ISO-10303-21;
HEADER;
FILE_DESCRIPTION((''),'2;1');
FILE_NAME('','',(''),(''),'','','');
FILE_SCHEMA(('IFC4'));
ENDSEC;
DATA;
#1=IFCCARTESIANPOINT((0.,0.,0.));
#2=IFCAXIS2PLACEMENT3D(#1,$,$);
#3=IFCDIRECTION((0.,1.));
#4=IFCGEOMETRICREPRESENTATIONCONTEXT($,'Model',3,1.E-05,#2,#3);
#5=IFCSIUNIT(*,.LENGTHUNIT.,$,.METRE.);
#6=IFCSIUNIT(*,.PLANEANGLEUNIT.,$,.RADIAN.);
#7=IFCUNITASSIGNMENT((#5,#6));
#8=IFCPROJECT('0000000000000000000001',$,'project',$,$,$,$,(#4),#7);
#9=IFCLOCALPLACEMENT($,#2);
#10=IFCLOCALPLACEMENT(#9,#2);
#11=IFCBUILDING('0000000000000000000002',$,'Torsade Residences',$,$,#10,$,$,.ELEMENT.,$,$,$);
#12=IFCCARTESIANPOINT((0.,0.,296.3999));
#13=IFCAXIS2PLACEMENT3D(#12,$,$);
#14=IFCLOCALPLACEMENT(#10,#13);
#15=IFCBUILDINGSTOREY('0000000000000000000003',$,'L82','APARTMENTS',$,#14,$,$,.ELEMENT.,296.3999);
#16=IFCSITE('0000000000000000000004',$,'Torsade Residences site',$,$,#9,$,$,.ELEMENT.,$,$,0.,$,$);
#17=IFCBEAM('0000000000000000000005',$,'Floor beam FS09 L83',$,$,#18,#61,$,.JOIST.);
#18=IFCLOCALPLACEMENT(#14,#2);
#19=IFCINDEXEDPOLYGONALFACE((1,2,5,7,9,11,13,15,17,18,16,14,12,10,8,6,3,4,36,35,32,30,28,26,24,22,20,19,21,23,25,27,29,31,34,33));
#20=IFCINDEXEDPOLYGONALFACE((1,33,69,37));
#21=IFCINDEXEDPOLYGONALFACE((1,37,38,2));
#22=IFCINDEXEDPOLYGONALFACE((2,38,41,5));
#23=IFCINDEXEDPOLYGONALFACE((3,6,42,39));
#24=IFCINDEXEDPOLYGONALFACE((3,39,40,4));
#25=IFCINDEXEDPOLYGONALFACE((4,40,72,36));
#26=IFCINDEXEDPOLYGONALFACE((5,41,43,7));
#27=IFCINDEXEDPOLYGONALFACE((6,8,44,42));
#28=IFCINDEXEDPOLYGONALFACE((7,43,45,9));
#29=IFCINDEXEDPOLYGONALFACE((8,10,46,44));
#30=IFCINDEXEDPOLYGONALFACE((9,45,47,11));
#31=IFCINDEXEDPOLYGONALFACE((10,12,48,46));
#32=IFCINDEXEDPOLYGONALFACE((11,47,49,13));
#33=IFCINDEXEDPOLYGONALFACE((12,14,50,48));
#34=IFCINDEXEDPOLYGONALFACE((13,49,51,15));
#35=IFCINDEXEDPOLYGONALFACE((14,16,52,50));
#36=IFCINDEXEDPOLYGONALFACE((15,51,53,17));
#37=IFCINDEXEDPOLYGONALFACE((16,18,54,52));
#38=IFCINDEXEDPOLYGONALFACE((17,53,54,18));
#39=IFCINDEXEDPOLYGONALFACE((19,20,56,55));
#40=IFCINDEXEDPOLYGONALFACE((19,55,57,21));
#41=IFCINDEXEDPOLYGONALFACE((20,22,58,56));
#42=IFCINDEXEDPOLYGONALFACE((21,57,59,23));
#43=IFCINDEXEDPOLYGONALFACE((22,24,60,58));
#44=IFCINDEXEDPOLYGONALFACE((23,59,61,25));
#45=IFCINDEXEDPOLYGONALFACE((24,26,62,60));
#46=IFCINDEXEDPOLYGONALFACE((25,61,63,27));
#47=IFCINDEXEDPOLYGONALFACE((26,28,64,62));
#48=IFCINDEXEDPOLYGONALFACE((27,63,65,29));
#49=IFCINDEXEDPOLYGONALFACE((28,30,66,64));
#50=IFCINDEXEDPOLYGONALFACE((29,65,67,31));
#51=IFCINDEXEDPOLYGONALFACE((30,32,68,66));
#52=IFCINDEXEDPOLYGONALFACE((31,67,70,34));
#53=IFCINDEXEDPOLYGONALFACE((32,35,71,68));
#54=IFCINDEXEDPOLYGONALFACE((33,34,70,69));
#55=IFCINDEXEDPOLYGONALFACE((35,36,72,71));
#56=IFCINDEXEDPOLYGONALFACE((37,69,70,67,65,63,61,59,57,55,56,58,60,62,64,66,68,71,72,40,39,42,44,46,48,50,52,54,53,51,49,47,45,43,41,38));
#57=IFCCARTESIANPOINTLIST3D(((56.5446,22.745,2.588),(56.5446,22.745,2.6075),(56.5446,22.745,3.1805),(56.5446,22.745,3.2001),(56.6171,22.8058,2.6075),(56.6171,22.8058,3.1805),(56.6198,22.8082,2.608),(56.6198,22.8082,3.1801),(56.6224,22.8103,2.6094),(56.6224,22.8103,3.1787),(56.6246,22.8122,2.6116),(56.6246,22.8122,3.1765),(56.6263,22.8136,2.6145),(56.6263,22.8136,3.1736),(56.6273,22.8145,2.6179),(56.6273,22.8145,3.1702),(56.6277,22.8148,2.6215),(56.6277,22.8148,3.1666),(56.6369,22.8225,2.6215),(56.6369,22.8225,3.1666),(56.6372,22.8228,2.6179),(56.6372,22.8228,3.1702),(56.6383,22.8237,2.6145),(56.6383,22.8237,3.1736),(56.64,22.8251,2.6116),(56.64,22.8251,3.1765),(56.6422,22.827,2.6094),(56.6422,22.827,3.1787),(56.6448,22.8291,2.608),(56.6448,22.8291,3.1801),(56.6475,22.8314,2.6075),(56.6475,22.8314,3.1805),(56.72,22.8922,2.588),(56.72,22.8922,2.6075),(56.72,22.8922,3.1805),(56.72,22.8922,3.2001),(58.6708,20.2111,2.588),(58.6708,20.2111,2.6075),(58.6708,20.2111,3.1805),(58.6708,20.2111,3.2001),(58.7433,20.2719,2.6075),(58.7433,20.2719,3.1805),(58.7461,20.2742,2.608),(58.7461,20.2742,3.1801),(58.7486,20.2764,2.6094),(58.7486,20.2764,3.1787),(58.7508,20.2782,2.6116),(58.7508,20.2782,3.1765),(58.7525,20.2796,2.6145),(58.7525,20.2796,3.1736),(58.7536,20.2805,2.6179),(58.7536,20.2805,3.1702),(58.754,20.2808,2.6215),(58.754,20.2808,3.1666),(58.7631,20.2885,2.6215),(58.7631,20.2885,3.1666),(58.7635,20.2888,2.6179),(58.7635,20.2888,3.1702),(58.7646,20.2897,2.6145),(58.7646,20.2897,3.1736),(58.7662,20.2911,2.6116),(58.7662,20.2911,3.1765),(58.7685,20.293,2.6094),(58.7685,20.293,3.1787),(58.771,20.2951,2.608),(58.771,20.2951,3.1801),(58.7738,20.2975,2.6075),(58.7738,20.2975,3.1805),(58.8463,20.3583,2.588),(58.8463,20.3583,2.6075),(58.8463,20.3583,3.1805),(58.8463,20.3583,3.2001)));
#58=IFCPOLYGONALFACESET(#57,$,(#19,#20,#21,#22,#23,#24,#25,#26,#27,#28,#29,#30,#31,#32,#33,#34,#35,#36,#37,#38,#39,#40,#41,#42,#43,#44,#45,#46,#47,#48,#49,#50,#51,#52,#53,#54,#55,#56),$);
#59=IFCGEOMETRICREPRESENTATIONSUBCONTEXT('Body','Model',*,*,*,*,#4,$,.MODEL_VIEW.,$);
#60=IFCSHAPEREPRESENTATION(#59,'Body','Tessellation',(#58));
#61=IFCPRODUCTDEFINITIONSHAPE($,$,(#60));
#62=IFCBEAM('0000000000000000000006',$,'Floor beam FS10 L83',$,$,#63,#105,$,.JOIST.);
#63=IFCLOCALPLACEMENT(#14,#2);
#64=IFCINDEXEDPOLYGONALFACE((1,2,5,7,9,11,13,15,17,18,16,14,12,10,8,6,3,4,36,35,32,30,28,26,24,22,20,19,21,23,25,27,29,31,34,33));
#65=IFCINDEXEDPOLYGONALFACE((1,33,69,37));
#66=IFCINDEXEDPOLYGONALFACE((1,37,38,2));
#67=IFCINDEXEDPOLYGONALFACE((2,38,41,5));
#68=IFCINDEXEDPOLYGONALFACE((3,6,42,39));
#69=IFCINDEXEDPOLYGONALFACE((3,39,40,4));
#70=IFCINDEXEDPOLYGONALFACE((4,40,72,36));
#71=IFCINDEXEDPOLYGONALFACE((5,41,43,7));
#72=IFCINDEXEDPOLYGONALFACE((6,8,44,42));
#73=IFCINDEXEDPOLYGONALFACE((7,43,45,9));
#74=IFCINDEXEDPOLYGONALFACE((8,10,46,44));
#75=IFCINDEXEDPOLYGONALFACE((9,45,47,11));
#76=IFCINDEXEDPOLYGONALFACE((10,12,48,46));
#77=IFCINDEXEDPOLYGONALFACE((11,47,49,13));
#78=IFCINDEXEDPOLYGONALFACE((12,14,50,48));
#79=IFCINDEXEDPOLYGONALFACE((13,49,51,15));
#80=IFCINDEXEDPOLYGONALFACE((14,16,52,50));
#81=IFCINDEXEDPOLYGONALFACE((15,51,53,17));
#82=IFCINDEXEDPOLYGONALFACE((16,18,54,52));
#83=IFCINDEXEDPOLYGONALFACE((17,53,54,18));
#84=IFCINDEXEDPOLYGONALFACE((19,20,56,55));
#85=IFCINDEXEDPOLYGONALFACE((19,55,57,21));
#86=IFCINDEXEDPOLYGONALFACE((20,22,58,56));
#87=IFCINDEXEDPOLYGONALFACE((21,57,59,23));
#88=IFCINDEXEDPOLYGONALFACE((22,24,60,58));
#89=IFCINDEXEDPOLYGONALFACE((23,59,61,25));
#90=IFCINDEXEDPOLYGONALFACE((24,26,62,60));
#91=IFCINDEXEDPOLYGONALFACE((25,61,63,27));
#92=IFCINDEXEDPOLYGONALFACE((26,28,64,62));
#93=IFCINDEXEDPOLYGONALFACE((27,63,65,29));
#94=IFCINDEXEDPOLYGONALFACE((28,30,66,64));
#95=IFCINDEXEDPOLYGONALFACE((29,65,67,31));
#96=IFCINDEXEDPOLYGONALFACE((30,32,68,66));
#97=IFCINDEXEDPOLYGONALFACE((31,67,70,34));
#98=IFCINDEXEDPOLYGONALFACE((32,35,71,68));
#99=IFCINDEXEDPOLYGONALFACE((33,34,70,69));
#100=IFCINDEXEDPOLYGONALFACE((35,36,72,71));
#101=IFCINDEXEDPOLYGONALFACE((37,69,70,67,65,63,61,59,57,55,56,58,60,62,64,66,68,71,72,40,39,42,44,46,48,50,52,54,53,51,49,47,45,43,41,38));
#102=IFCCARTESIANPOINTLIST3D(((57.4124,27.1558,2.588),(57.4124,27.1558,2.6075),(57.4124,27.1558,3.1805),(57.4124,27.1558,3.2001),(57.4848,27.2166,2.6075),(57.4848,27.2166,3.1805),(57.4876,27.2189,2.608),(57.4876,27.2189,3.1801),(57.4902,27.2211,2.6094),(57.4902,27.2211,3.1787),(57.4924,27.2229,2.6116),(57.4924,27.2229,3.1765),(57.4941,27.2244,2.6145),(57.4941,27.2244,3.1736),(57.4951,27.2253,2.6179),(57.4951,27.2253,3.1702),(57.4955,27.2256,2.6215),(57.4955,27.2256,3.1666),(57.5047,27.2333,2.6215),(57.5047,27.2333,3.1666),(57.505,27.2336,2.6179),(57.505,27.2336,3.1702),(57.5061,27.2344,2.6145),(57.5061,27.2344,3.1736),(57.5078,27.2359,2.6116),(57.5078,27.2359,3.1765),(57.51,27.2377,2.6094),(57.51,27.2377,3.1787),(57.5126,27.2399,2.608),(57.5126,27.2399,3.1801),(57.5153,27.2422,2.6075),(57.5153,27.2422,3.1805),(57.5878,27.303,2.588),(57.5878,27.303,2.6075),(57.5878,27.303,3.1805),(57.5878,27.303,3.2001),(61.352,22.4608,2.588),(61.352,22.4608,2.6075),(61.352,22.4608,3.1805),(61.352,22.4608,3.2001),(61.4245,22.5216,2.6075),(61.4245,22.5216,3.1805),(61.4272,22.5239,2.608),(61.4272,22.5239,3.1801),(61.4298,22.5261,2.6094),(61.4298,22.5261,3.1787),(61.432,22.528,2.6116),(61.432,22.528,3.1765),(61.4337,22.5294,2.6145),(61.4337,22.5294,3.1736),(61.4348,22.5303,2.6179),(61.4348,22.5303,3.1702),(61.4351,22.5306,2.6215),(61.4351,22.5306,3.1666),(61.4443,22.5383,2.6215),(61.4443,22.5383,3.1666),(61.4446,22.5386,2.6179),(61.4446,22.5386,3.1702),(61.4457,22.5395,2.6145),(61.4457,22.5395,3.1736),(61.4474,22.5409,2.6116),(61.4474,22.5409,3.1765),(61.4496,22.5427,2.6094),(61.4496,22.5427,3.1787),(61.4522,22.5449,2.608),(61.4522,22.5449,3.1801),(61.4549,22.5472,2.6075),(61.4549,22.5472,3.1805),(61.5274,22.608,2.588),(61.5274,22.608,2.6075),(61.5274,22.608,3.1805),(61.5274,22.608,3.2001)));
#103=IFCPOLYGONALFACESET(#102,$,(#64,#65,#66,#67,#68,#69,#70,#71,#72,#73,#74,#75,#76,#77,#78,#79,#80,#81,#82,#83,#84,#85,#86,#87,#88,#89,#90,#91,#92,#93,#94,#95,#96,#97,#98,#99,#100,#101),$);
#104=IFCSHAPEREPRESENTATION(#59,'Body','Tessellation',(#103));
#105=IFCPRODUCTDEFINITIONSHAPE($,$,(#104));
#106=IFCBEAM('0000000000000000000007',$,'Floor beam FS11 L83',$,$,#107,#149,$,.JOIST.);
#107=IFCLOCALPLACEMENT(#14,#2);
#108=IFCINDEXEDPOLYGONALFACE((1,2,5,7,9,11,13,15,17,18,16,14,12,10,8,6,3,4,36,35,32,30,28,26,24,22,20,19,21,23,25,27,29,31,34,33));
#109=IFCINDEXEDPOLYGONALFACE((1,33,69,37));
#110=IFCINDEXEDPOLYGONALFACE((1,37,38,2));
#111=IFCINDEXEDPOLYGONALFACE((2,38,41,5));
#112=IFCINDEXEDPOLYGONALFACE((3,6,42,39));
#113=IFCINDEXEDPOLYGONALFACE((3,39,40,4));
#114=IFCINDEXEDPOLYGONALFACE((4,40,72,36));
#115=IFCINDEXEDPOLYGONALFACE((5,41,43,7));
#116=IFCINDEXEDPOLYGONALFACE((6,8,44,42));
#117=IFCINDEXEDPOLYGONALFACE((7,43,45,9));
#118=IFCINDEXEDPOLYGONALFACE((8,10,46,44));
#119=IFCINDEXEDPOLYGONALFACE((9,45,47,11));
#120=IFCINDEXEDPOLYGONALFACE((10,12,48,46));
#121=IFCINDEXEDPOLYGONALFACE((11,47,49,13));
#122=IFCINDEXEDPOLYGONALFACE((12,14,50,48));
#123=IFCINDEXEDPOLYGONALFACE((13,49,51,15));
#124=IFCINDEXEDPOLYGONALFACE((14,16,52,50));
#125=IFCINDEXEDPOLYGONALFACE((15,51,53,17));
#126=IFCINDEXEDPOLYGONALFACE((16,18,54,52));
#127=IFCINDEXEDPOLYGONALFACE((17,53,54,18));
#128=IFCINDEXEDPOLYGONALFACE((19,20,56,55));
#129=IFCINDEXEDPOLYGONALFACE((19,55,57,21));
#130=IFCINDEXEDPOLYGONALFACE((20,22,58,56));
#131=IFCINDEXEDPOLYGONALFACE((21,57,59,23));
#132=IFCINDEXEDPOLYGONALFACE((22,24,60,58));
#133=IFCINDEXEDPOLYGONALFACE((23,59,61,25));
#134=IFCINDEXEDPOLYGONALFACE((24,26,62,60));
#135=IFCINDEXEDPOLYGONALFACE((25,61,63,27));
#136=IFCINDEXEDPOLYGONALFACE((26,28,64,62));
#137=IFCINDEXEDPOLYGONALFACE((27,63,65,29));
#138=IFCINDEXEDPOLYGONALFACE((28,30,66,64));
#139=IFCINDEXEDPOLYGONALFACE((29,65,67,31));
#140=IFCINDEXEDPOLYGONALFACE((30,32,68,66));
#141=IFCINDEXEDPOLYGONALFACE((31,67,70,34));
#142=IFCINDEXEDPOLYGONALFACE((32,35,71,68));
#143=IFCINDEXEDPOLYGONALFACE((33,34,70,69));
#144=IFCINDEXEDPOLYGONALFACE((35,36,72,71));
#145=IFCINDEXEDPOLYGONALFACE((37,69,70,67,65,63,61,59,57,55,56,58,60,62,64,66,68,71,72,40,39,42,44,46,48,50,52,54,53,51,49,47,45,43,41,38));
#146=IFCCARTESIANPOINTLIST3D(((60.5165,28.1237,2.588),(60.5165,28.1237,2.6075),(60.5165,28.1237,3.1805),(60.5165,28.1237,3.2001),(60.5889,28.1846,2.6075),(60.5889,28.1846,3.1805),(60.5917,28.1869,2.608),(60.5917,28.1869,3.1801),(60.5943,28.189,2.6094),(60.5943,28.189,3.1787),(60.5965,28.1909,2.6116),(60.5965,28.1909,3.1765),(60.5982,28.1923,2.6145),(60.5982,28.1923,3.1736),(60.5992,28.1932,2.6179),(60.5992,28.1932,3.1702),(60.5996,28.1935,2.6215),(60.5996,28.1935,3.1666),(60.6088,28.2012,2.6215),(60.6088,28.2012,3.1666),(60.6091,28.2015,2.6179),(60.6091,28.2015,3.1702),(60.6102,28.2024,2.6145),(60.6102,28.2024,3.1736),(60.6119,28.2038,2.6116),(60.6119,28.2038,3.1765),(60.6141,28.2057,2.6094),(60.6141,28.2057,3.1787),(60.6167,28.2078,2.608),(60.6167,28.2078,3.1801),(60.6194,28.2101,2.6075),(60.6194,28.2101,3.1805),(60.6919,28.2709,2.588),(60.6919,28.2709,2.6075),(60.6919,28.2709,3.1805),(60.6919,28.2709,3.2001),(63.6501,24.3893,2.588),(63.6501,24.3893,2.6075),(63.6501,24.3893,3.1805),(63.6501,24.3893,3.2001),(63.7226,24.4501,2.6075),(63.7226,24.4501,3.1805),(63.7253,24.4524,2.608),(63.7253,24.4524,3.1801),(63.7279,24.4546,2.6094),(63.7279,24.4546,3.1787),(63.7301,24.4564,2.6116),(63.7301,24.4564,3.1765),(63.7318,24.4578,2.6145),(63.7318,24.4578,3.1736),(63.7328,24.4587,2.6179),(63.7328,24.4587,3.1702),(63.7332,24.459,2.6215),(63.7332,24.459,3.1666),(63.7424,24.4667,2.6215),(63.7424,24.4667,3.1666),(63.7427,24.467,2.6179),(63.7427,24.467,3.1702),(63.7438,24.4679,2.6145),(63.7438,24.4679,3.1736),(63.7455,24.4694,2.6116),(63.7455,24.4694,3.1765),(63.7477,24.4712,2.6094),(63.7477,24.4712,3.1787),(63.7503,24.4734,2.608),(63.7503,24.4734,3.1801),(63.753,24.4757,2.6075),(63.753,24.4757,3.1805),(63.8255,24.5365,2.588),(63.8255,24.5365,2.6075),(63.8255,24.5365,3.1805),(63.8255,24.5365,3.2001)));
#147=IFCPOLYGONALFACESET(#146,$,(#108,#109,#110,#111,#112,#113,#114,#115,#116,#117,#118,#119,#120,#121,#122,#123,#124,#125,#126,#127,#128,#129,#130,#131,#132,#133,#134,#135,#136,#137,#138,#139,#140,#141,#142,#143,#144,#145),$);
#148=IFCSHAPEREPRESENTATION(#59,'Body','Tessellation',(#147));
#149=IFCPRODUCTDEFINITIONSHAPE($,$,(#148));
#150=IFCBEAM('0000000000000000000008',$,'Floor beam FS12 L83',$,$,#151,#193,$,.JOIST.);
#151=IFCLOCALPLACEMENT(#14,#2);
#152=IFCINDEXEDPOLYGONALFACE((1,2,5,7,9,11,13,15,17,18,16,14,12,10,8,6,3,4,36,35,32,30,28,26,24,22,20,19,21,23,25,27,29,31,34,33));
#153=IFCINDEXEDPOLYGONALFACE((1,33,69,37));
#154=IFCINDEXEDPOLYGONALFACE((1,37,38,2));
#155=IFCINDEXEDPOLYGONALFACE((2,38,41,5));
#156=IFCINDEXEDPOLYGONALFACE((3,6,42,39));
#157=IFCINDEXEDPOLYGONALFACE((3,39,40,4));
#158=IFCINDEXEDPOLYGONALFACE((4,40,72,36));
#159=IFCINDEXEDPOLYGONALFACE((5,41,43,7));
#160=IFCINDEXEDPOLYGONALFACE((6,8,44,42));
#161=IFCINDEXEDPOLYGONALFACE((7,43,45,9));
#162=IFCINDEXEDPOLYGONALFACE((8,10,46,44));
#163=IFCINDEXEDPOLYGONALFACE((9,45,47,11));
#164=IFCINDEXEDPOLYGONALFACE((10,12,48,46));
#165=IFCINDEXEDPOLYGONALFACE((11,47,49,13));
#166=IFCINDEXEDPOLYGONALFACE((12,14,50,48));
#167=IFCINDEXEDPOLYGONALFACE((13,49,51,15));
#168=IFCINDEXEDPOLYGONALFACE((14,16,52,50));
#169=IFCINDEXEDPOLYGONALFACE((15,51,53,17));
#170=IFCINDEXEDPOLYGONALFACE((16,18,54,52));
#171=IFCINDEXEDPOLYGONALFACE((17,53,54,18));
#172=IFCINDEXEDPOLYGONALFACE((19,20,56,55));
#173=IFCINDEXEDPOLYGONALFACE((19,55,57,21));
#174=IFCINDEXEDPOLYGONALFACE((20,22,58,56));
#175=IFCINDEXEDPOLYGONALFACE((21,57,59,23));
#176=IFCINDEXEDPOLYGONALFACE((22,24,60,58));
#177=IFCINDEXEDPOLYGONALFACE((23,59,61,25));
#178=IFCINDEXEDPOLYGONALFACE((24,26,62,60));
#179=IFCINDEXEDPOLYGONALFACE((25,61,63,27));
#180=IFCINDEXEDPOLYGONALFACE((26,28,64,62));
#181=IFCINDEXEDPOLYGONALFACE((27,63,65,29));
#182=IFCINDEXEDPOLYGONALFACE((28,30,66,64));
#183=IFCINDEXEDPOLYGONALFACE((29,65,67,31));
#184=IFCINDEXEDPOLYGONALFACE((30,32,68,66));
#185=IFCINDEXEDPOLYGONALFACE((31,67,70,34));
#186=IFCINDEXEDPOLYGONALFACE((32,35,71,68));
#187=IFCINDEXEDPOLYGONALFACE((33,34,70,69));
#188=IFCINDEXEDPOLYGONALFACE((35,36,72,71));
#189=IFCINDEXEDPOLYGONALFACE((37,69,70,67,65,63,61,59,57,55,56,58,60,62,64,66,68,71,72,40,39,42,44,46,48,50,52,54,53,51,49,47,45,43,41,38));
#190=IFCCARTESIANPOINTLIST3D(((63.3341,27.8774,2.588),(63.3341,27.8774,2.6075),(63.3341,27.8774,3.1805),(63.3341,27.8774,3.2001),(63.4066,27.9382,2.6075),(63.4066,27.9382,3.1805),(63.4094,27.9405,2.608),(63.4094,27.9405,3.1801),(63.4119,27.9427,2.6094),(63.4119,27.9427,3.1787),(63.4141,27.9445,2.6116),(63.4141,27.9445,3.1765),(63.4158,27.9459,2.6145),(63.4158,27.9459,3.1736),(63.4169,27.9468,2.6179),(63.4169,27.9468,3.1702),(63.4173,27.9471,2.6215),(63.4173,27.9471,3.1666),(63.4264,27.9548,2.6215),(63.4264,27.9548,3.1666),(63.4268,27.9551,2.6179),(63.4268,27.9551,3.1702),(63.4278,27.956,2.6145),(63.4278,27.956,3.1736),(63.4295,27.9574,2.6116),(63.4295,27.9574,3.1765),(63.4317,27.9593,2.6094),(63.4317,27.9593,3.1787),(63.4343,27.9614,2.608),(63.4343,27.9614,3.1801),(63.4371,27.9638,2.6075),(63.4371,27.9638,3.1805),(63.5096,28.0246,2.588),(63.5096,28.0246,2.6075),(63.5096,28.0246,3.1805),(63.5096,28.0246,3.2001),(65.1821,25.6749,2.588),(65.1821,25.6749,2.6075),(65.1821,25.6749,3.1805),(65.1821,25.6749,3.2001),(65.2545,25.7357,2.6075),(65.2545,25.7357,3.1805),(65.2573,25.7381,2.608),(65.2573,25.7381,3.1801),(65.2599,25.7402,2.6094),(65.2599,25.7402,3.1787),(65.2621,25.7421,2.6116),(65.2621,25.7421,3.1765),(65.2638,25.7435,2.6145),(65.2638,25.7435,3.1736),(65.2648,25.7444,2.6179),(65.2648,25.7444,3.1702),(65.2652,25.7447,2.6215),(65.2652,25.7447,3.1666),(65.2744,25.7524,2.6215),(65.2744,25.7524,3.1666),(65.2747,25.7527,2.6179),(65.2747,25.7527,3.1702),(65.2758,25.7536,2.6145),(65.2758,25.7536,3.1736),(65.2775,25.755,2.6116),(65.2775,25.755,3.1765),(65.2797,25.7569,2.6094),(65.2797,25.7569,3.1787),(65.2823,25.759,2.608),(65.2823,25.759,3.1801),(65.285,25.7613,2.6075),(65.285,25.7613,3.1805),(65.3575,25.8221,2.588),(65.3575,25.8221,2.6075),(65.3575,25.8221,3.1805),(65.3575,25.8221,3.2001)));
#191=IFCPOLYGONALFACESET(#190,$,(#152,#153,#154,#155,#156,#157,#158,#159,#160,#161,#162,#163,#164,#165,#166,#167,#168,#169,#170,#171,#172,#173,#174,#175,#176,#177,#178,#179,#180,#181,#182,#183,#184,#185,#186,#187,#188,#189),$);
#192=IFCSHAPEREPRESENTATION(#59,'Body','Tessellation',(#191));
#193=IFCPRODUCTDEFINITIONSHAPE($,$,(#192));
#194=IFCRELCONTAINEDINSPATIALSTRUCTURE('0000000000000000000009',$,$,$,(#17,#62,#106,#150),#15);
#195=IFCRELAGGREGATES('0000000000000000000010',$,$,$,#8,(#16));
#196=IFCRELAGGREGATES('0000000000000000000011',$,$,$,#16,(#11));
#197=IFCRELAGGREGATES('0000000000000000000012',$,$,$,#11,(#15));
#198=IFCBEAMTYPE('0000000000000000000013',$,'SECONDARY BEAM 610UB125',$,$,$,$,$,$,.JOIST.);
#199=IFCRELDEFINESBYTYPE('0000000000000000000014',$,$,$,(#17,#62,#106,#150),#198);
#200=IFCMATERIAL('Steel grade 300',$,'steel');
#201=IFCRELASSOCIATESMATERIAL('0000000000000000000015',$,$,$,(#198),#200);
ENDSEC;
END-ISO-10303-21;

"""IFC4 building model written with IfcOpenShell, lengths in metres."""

from ifc_helpers import new_model, si_unit, direction, frame, origin, origin_2d, place, context, subcontext, project, spatial, i_section, extrude, material, material_profile, profile_set, type_object, element, save


model = new_model("IFC4")

# Units and contexts
model_context = context("Model", 3, precision=1e-05, world=origin(), true_north=direction((0.0, 1.0)))
body_context = subcontext(model_context, "Body", "Model", "MODEL_VIEW")
ifc_project = project(units=[si_unit("LENGTHUNIT", "METRE"), si_unit("PLANEANGLEUNIT", "RADIAN")], contexts=[model_context])

# Site, building, storey
site_placement = place(None, origin())
site = spatial("IfcSite", under=ifc_project, at=site_placement, Name="Torsade Residences site", CompositionType="ELEMENT", RefElevation=0.0)
building_placement = place(site_placement, origin())
building = spatial("IfcBuilding", under=site, at=building_placement, Name="Torsade Residences", CompositionType="ELEMENT")
storey_placement = place(building_placement, frame((0.0, 0.0, 296.3999)))
storey = spatial("IfcBuildingStorey", under=building, at=storey_placement, Name="L82", Description="APARTMENTS", CompositionType="ELEMENT", Elevation=296.3999)

# Beams
ifc_material_1 = material(Name="Steel grade 300", Category="steel")
ifc_material_profile_1 = material_profile(ifc_material_1, i_section(OverallWidth=0.229, OverallDepth=0.6121, WebThickness=0.012, FlangeThickness=0.0195, FilletRadius=0.0139, at=origin_2d()), Name="610UB125")
ifc_profile_set_1 = profile_set([ifc_material_profile_1], Name="Steel grade 300")
beam_type_1 = type_object("IfcBeamType", Name="SECONDARY BEAM 610UB125", PredefinedType="JOIST", material=ifc_profile_set_1)
beam_1_placement = place(storey_placement, frame((58.7585, 20.2847, 2.894), z_axis=(-0.642787, 0.766045, 0.0), x_axis=(-0.766045, -0.642787, 0.0)))
element("IfcBeam", 1, at=beam_1_placement, inside=storey, type_object=beam_type_1, Name="Floor beam FS09 L83", PredefinedType="JOIST", context=body_context, shape_type="SweptSolid", body=[
    extrude(i_section(OverallWidth=0.229, OverallDepth=0.6121, WebThickness=0.012, FlangeThickness=0.0195, FilletRadius=0.0139, at=origin_2d()), origin(), (0.0, 0.0, 1.0), 3.3079),
])
beam_2_placement = place(storey_placement, frame((61.4397, 22.5344, 2.894), z_axis=(-0.642794, 0.766039, 0.0), x_axis=(-0.766039, -0.642794, 0.0)))
element("IfcBeam", 2, at=beam_2_placement, inside=storey, type_object=beam_type_1, Name="Floor beam FS10 L83", PredefinedType="JOIST", context=body_context, shape_type="SweptSolid", body=[
    extrude(i_section(OverallWidth=0.229, OverallDepth=0.6121, WebThickness=0.012, FlangeThickness=0.0195, FilletRadius=0.0139, at=origin_2d()), origin(), (0.0, 0.0, 1.0), 6.1289),
])
beam_3_placement = place(storey_placement, frame((63.7378, 24.4629, 2.894), z_axis=(-0.642791, 0.766041, 0.0), x_axis=(-0.766041, -0.642791, 0.0)))
element("IfcBeam", 3, at=beam_3_placement, inside=storey, type_object=beam_type_1, Name="Floor beam FS11 L83", PredefinedType="JOIST", context=body_context, shape_type="SweptSolid", body=[
    extrude(i_section(OverallWidth=0.229, OverallDepth=0.6121, WebThickness=0.012, FlangeThickness=0.0195, FilletRadius=0.0139, at=origin_2d()), origin(), (0.0, 0.0, 1.0), 4.875),
])
beam_4_placement = place(storey_placement, frame((65.2698, 25.7485, 2.894), z_axis=(-0.642762, 0.766066, 0.0), x_axis=(-0.766066, -0.642762, 0.0)))
element("IfcBeam", 4, at=beam_4_placement, inside=storey, type_object=beam_type_1, Name="Floor beam FS12 L83", PredefinedType="JOIST", context=body_context, shape_type="SweptSolid", body=[
    extrude(i_section(OverallWidth=0.229, OverallDepth=0.6121, WebThickness=0.012, FlangeThickness=0.0195, FilletRadius=0.0139, at=origin_2d()), origin(), (0.0, 0.0, 1.0), 2.875),
])

save(model, "model.ifc")
